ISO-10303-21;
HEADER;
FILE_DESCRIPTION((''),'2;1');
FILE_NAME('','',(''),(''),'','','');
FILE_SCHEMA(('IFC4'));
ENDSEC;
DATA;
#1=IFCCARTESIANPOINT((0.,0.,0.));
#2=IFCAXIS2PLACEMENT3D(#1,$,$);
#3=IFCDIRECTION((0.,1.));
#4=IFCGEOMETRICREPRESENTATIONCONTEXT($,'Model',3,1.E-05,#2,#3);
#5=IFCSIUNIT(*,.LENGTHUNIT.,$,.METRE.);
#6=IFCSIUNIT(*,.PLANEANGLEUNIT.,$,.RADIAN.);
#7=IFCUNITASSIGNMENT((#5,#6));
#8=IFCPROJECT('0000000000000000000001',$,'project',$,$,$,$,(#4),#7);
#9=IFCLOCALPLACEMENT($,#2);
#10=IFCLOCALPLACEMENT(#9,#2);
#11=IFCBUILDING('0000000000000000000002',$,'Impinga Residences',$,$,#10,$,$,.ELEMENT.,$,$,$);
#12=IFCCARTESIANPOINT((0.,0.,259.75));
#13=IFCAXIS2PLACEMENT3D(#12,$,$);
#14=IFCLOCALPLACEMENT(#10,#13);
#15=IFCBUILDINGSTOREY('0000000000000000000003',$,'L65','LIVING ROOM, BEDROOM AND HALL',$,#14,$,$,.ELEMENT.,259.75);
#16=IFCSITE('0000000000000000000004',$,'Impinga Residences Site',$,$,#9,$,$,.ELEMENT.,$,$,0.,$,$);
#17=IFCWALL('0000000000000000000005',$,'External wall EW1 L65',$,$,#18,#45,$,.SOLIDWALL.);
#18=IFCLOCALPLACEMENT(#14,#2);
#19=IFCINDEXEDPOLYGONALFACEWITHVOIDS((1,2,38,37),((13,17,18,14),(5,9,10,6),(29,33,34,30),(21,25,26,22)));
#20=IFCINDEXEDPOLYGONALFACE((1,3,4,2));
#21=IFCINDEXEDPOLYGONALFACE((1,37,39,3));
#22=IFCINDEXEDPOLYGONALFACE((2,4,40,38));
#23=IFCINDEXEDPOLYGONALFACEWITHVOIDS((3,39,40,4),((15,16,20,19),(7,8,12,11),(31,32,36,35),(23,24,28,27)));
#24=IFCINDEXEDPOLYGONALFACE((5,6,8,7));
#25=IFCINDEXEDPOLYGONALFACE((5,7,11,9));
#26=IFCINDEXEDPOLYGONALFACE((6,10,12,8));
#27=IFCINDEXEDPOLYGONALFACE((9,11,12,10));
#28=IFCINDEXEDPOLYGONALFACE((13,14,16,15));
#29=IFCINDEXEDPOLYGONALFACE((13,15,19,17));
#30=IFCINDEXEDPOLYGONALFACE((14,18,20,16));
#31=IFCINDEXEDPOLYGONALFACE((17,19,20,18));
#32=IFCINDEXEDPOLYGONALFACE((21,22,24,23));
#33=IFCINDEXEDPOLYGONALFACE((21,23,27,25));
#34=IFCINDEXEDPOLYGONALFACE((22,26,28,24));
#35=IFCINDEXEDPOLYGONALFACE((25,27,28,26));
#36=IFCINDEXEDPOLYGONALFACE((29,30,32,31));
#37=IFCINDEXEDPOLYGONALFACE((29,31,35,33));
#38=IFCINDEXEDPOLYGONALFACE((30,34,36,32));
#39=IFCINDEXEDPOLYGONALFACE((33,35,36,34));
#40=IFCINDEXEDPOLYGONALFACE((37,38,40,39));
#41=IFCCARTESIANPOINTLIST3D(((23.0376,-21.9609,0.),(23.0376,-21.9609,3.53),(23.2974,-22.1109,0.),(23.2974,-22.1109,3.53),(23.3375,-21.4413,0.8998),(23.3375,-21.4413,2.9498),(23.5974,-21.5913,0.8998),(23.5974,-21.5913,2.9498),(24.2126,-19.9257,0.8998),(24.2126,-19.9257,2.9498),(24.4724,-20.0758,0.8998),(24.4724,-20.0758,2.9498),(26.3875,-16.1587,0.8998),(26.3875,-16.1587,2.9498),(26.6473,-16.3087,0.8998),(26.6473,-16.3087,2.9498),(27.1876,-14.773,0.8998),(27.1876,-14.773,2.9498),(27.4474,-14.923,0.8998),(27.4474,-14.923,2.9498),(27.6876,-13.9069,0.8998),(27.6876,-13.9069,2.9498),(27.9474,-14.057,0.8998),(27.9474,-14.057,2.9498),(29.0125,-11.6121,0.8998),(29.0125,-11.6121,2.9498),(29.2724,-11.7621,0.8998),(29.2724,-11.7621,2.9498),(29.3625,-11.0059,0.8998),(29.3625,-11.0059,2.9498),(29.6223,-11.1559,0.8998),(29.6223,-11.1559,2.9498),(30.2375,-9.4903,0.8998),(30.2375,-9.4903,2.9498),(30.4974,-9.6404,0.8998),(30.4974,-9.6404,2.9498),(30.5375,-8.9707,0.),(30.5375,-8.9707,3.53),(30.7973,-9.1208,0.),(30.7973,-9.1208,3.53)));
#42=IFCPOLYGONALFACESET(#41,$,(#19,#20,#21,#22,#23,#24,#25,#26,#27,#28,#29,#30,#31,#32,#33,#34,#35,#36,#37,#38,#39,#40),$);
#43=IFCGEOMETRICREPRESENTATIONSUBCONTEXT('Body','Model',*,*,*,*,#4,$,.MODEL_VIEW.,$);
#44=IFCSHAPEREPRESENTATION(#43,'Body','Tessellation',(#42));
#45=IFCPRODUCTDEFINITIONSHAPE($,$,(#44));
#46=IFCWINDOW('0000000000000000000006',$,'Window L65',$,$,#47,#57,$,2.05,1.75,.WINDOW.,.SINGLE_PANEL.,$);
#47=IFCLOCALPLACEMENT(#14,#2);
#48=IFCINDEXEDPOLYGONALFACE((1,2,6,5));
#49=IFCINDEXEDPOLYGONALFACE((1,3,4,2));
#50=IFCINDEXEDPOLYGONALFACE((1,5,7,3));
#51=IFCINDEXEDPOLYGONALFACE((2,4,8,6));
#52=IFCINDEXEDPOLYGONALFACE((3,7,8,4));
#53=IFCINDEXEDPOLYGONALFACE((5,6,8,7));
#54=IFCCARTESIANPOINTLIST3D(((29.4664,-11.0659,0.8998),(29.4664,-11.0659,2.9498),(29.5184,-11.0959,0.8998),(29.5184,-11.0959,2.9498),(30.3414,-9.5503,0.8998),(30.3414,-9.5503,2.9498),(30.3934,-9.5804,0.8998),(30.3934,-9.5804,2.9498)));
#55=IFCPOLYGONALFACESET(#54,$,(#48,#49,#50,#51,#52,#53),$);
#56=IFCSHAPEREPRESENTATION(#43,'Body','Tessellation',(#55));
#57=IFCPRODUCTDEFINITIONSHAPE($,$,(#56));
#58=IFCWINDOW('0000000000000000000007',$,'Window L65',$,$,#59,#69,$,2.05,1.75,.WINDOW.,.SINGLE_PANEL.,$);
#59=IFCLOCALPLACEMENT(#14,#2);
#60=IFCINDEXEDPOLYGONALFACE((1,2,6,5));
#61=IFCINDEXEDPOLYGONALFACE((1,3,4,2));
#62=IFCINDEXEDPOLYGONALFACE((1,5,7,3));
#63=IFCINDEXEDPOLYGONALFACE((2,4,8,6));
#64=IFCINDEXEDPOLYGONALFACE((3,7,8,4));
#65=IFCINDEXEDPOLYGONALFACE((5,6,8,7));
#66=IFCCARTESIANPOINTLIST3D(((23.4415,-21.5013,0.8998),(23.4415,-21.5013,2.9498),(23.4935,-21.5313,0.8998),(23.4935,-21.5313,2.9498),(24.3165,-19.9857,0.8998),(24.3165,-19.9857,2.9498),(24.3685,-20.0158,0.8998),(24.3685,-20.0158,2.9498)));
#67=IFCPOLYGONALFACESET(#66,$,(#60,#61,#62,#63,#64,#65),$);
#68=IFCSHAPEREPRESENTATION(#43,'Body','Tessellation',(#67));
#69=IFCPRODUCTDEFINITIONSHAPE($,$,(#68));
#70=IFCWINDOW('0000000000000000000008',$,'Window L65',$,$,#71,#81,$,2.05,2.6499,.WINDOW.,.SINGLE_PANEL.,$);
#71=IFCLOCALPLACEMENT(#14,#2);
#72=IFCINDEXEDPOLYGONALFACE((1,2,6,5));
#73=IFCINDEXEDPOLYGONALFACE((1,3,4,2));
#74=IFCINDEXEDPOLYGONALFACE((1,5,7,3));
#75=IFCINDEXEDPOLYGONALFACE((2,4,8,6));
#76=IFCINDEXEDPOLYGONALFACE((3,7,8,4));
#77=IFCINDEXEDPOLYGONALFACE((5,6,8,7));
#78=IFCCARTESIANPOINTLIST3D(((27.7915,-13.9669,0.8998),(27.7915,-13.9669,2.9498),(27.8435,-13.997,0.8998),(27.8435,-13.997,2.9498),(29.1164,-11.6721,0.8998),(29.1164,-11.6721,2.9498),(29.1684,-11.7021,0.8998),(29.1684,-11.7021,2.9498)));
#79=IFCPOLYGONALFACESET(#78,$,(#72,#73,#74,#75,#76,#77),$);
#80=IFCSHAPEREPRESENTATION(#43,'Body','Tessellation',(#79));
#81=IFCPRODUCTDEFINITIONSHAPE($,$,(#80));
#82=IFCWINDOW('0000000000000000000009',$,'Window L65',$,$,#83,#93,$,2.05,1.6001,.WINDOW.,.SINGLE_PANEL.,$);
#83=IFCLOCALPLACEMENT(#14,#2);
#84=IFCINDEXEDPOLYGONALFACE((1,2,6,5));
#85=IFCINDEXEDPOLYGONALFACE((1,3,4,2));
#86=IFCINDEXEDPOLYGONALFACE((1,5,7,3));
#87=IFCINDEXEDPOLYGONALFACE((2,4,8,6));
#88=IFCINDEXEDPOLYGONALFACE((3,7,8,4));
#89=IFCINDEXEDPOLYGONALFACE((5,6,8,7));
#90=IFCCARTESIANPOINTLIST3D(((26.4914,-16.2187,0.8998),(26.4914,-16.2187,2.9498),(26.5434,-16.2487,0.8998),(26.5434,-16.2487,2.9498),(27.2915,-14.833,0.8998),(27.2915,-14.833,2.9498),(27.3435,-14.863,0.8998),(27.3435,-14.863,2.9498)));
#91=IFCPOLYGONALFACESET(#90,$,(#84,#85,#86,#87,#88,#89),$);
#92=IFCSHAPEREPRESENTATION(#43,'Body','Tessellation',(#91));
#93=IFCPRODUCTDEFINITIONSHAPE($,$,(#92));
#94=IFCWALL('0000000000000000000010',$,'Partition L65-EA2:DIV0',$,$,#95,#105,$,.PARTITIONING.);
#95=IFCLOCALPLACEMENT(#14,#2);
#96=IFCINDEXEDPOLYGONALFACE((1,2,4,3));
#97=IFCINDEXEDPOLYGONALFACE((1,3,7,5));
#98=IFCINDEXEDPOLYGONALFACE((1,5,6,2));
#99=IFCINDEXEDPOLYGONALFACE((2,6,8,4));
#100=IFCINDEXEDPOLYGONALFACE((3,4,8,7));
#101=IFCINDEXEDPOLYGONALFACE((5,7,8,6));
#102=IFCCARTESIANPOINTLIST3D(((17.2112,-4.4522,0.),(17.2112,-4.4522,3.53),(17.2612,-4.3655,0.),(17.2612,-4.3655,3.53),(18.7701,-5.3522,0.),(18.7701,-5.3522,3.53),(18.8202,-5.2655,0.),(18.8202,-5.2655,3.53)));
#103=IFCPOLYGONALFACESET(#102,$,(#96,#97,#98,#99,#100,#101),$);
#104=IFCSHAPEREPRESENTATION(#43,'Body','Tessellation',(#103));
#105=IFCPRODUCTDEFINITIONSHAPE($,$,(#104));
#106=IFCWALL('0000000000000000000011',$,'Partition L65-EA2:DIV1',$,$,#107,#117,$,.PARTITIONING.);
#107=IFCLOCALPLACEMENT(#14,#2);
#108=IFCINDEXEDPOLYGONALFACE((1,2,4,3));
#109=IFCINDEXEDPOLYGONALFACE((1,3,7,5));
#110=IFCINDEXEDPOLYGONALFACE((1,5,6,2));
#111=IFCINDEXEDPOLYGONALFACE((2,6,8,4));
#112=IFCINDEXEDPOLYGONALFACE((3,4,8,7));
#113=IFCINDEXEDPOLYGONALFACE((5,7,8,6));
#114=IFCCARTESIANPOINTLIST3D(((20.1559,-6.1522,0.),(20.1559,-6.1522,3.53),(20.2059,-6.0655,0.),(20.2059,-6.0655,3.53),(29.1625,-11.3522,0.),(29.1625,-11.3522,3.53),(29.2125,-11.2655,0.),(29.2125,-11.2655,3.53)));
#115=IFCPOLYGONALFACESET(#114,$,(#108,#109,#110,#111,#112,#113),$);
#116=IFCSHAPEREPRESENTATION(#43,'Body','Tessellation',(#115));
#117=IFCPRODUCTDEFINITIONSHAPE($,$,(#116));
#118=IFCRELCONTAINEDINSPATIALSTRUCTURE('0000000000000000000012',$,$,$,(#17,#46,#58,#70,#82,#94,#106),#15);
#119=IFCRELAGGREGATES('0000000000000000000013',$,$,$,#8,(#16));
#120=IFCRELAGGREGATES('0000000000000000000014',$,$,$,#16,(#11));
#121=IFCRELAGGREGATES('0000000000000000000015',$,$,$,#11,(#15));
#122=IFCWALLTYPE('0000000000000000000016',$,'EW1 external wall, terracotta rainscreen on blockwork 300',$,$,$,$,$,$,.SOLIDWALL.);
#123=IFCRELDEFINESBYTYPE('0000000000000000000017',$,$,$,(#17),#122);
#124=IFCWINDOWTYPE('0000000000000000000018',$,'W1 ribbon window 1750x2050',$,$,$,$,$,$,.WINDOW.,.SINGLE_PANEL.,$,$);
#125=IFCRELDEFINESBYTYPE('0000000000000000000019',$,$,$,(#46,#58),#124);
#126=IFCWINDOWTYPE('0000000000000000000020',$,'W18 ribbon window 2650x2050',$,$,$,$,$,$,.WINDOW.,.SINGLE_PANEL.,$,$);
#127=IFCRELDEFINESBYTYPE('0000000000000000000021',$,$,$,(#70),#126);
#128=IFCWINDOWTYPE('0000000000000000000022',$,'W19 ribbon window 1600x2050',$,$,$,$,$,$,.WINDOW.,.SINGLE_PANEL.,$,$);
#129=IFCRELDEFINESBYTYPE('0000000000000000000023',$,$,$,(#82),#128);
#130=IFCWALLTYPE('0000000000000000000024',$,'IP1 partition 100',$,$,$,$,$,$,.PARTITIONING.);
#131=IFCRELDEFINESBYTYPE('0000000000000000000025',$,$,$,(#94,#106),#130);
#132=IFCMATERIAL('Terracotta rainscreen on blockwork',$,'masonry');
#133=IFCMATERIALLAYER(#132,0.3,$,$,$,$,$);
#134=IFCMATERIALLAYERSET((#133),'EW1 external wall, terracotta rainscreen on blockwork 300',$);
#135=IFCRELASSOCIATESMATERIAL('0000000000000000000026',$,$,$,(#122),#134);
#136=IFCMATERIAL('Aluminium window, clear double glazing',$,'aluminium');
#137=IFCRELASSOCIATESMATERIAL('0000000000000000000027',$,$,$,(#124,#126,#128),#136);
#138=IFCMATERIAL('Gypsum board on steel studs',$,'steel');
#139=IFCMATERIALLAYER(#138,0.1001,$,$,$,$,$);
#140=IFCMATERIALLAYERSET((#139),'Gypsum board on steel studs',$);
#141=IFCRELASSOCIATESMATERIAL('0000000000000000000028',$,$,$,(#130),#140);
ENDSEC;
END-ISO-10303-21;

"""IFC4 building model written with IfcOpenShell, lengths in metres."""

from ifc_helpers import new_model, si_unit, direction, frame, frame_2d, origin, place, context, subcontext, project, spatial, rectangle, extrude, material, layer, layer_set, type_object, element, fill, save


model = new_model("IFC4")

# Units and contexts
model_context = context("Model", 3, precision=1e-05, world=origin(), true_north=direction((0.0, 1.0)))
body_context = subcontext(model_context, "Body", "Model", "MODEL_VIEW")
ifc_project = project(units=[si_unit("LENGTHUNIT", "METRE"), si_unit("PLANEANGLEUNIT", "RADIAN")], contexts=[model_context])

# Site, building, storey
site_placement = place(None, origin())
site = spatial("IfcSite", under=ifc_project, at=site_placement, Name="Impinga Residences Site", CompositionType="ELEMENT", RefElevation=0.0)
building_placement = place(site_placement, origin())
building = spatial("IfcBuilding", under=site, at=building_placement, Name="Impinga Residences", CompositionType="ELEMENT")
storey_placement = place(building_placement, frame((0.0, 0.0, 259.75)))
storey = spatial("IfcBuildingStorey", under=building, at=storey_placement, Name="L65", Description="LIVING ROOM, BEDROOM AND HALL", CompositionType="ELEMENT", Elevation=259.75)

# Shared definitions
ifc_material_1 = material(Name="Terracotta rainscreen on blockwork", Category="masonry")
ifc_layer_1 = layer(ifc_material_1, 0.3)
ifc_layer_set_1 = layer_set([ifc_layer_1], Name="EW1 external wall, terracotta rainscreen on blockwork 300")
wall_type_1 = type_object("IfcWallType", Name="EW1 external wall, terracotta rainscreen on blockwork 300", PredefinedType="SOLIDWALL", material=ifc_layer_set_1)

# Wall, openings, windows
wall_1_placement = place(storey_placement, frame((30.6675, -9.0457, 0.0), z_axis=(0.0, 0.0, 1.0), x_axis=(-0.500004, -0.866023, 0.0)))
wall_1 = element("IfcWall", 1, at=wall_1_placement, inside=storey, type_object=wall_type_1, Name="External wall EW1 L65", PredefinedType="SOLIDWALL", context=body_context, shape_type="SweptSolid", body=[
    extrude(rectangle(XDim=14.9998, YDim=0.3, at=frame_2d((7.5, 0.0))), origin(), (0.0, 0.0, 1.0), 3.53),
])
opening_1_placement = place(wall_1_placement, frame((0.6001, 0.0, 0.8999)))
opening_1 = element("IfcOpeningElement", 2, at=opening_1_placement, cuts=wall_1, PredefinedType="OPENING", context=body_context, shape_type="SweptSolid", body=[
    extrude(rectangle(XDim=1.75, YDim=2.05, at=frame_2d((0.875, 1.0249))), frame((0.0, 0.1599, 0.0), z_axis=(0.0, -1.0, 0.0), x_axis=(1.0, 0.0, 0.0)), (0.0, 0.0, 1.0), 0.3201),
])
opening_2_placement = place(wall_1_placement, frame((3.05, 0.0, 0.8999)))
opening_2 = element("IfcOpeningElement", 3, at=opening_2_placement, cuts=wall_1, PredefinedType="OPENING", context=body_context, shape_type="SweptSolid", body=[
    extrude(rectangle(XDim=2.6499, YDim=2.05, at=frame_2d((1.325, 1.0249))), frame((0.0, 0.1599, 0.0), z_axis=(0.0, -1.0, 0.0), x_axis=(1.0, 0.0, 0.0)), (0.0, 0.0, 1.0), 0.3201),
])
opening_3_placement = place(wall_1_placement, frame((6.7, 0.0, 0.8999)))
opening_3 = element("IfcOpeningElement", 4, at=opening_3_placement, cuts=wall_1, PredefinedType="OPENING", context=body_context, shape_type="SweptSolid", body=[
    extrude(rectangle(XDim=1.6001, YDim=2.05, at=frame_2d((0.8, 1.0249))), frame((0.0, 0.1599, 0.0), z_axis=(0.0, -1.0, 0.0), x_axis=(1.0, 0.0, 0.0)), (0.0, 0.0, 1.0), 0.3201),
])
opening_4_placement = place(wall_1_placement, frame((12.6499, 0.0, 0.8999)))
opening_4 = element("IfcOpeningElement", 5, at=opening_4_placement, cuts=wall_1, PredefinedType="OPENING", context=body_context, shape_type="SweptSolid", body=[
    extrude(rectangle(XDim=1.75, YDim=2.05, at=frame_2d((0.875, 1.0249))), frame((0.0, 0.1599, 0.0), z_axis=(0.0, -1.0, 0.0), x_axis=(1.0, 0.0, 0.0)), (0.0, 0.0, 1.0), 0.3201),
])
ifc_material_2 = material(Name="Aluminium window, clear double glazing", Category="aluminium")
window_type_1 = type_object("IfcWindowType", Name="W1 ribbon window 1750x2050", PartitioningType="SINGLE_PANEL", PredefinedType="WINDOW", material=ifc_material_2)
window_1_placement = place(opening_1_placement, origin())
window_1 = element("IfcWindow", 6, at=window_1_placement, inside=storey, type_object=window_type_1, Name="Window L65", OverallHeight=2.05, OverallWidth=1.75, PartitioningType="SINGLE_PANEL", PredefinedType="WINDOW", context=body_context, shape_type="SweptSolid", body=[
    extrude(rectangle(XDim=1.75, YDim=2.05, at=frame_2d((0.875, 1.0249))), frame((0.0, 0.03, 0.0), z_axis=(0.0, -1.0, 0.0), x_axis=(1.0, 0.0, 0.0)), (0.0, 0.0, 1.0), 0.0601),
])
fill(opening_1, window_1)
window_2_placement = place(opening_4_placement, origin())
window_2 = element("IfcWindow", 7, at=window_2_placement, inside=storey, type_object=window_type_1, Name="Window L65", OverallHeight=2.05, OverallWidth=1.75, PartitioningType="SINGLE_PANEL", PredefinedType="WINDOW", context=body_context, shape_type="SweptSolid", body=[
    extrude(rectangle(XDim=1.75, YDim=2.05, at=frame_2d((0.875, 1.0249))), frame((0.0, 0.03, 0.0), z_axis=(0.0, -1.0, 0.0), x_axis=(1.0, 0.0, 0.0)), (0.0, 0.0, 1.0), 0.0601),
])
fill(opening_4, window_2)
window_type_2 = type_object("IfcWindowType", Name="W18 ribbon window 2650x2050", PartitioningType="SINGLE_PANEL", PredefinedType="WINDOW", material=ifc_material_2)
window_3_placement = place(opening_2_placement, origin())
window_3 = element("IfcWindow", 8, at=window_3_placement, inside=storey, type_object=window_type_2, Name="Window L65", OverallHeight=2.05, OverallWidth=2.6499, PartitioningType="SINGLE_PANEL", PredefinedType="WINDOW", context=body_context, shape_type="SweptSolid", body=[
    extrude(rectangle(XDim=2.6499, YDim=2.05, at=frame_2d((1.325, 1.0249))), frame((0.0, 0.03, 0.0), z_axis=(0.0, -1.0, 0.0), x_axis=(1.0, 0.0, 0.0)), (0.0, 0.0, 1.0), 0.0601),
])
fill(opening_2, window_3)
window_type_3 = type_object("IfcWindowType", Name="W19 ribbon window 1600x2050", PartitioningType="SINGLE_PANEL", PredefinedType="WINDOW", material=ifc_material_2)
window_4_placement = place(opening_3_placement, origin())
window_4 = element("IfcWindow", 9, at=window_4_placement, inside=storey, type_object=window_type_3, Name="Window L65", OverallHeight=2.05, OverallWidth=1.6001, PartitioningType="SINGLE_PANEL", PredefinedType="WINDOW", context=body_context, shape_type="SweptSolid", body=[
    extrude(rectangle(XDim=1.6001, YDim=2.05, at=frame_2d((0.8, 1.0249))), frame((0.0, 0.03, 0.0), z_axis=(0.0, -1.0, 0.0), x_axis=(1.0, 0.0, 0.0)), (0.0, 0.0, 1.0), 0.0601),
])
fill(opening_3, window_4)

# Walls
ifc_material_3 = material(Name="Gypsum board on steel studs", Category="steel")
ifc_layer_2 = layer(ifc_material_3, 0.1001)
ifc_layer_set_2 = layer_set([ifc_layer_2], Name="Gypsum board on steel studs")
wall_type_2 = type_object("IfcWallType", Name="IP1 partition 100", PredefinedType="PARTITIONING", material=ifc_layer_set_2)
wall_2_placement = place(storey_placement, frame((17.2363, -4.4089, 0.0), z_axis=(0.0, 0.0, 1.0), x_axis=(0.866048, -0.499961, 0.0)))
element("IfcWall", 10, at=wall_2_placement, inside=storey, type_object=wall_type_2, Name="Partition L65-EA2:DIV0", PredefinedType="PARTITIONING", context=body_context, shape_type="SweptSolid", body=[
    extrude(rectangle(XDim=1.8, YDim=0.1001, at=frame_2d((0.8999, 0.0))), origin(), (0.0, 0.0, 1.0), 3.53),
])
wall_3_placement = place(storey_placement, frame((20.1809, -6.1089, 0.0), z_axis=(0.0, 0.0, 1.0), x_axis=(0.866026, -0.499999, 0.0)))
element("IfcWall", 11, at=wall_3_placement, inside=storey, type_object=wall_type_2, Name="Partition L65-EA2:DIV1", PredefinedType="PARTITIONING", context=body_context, shape_type="SweptSolid", body=[
    extrude(rectangle(XDim=10.3999, YDim=0.1001, at=frame_2d((5.2, 0.0))), origin(), (0.0, 0.0, 1.0), 3.53),
])

save(model, "model.ifc")
